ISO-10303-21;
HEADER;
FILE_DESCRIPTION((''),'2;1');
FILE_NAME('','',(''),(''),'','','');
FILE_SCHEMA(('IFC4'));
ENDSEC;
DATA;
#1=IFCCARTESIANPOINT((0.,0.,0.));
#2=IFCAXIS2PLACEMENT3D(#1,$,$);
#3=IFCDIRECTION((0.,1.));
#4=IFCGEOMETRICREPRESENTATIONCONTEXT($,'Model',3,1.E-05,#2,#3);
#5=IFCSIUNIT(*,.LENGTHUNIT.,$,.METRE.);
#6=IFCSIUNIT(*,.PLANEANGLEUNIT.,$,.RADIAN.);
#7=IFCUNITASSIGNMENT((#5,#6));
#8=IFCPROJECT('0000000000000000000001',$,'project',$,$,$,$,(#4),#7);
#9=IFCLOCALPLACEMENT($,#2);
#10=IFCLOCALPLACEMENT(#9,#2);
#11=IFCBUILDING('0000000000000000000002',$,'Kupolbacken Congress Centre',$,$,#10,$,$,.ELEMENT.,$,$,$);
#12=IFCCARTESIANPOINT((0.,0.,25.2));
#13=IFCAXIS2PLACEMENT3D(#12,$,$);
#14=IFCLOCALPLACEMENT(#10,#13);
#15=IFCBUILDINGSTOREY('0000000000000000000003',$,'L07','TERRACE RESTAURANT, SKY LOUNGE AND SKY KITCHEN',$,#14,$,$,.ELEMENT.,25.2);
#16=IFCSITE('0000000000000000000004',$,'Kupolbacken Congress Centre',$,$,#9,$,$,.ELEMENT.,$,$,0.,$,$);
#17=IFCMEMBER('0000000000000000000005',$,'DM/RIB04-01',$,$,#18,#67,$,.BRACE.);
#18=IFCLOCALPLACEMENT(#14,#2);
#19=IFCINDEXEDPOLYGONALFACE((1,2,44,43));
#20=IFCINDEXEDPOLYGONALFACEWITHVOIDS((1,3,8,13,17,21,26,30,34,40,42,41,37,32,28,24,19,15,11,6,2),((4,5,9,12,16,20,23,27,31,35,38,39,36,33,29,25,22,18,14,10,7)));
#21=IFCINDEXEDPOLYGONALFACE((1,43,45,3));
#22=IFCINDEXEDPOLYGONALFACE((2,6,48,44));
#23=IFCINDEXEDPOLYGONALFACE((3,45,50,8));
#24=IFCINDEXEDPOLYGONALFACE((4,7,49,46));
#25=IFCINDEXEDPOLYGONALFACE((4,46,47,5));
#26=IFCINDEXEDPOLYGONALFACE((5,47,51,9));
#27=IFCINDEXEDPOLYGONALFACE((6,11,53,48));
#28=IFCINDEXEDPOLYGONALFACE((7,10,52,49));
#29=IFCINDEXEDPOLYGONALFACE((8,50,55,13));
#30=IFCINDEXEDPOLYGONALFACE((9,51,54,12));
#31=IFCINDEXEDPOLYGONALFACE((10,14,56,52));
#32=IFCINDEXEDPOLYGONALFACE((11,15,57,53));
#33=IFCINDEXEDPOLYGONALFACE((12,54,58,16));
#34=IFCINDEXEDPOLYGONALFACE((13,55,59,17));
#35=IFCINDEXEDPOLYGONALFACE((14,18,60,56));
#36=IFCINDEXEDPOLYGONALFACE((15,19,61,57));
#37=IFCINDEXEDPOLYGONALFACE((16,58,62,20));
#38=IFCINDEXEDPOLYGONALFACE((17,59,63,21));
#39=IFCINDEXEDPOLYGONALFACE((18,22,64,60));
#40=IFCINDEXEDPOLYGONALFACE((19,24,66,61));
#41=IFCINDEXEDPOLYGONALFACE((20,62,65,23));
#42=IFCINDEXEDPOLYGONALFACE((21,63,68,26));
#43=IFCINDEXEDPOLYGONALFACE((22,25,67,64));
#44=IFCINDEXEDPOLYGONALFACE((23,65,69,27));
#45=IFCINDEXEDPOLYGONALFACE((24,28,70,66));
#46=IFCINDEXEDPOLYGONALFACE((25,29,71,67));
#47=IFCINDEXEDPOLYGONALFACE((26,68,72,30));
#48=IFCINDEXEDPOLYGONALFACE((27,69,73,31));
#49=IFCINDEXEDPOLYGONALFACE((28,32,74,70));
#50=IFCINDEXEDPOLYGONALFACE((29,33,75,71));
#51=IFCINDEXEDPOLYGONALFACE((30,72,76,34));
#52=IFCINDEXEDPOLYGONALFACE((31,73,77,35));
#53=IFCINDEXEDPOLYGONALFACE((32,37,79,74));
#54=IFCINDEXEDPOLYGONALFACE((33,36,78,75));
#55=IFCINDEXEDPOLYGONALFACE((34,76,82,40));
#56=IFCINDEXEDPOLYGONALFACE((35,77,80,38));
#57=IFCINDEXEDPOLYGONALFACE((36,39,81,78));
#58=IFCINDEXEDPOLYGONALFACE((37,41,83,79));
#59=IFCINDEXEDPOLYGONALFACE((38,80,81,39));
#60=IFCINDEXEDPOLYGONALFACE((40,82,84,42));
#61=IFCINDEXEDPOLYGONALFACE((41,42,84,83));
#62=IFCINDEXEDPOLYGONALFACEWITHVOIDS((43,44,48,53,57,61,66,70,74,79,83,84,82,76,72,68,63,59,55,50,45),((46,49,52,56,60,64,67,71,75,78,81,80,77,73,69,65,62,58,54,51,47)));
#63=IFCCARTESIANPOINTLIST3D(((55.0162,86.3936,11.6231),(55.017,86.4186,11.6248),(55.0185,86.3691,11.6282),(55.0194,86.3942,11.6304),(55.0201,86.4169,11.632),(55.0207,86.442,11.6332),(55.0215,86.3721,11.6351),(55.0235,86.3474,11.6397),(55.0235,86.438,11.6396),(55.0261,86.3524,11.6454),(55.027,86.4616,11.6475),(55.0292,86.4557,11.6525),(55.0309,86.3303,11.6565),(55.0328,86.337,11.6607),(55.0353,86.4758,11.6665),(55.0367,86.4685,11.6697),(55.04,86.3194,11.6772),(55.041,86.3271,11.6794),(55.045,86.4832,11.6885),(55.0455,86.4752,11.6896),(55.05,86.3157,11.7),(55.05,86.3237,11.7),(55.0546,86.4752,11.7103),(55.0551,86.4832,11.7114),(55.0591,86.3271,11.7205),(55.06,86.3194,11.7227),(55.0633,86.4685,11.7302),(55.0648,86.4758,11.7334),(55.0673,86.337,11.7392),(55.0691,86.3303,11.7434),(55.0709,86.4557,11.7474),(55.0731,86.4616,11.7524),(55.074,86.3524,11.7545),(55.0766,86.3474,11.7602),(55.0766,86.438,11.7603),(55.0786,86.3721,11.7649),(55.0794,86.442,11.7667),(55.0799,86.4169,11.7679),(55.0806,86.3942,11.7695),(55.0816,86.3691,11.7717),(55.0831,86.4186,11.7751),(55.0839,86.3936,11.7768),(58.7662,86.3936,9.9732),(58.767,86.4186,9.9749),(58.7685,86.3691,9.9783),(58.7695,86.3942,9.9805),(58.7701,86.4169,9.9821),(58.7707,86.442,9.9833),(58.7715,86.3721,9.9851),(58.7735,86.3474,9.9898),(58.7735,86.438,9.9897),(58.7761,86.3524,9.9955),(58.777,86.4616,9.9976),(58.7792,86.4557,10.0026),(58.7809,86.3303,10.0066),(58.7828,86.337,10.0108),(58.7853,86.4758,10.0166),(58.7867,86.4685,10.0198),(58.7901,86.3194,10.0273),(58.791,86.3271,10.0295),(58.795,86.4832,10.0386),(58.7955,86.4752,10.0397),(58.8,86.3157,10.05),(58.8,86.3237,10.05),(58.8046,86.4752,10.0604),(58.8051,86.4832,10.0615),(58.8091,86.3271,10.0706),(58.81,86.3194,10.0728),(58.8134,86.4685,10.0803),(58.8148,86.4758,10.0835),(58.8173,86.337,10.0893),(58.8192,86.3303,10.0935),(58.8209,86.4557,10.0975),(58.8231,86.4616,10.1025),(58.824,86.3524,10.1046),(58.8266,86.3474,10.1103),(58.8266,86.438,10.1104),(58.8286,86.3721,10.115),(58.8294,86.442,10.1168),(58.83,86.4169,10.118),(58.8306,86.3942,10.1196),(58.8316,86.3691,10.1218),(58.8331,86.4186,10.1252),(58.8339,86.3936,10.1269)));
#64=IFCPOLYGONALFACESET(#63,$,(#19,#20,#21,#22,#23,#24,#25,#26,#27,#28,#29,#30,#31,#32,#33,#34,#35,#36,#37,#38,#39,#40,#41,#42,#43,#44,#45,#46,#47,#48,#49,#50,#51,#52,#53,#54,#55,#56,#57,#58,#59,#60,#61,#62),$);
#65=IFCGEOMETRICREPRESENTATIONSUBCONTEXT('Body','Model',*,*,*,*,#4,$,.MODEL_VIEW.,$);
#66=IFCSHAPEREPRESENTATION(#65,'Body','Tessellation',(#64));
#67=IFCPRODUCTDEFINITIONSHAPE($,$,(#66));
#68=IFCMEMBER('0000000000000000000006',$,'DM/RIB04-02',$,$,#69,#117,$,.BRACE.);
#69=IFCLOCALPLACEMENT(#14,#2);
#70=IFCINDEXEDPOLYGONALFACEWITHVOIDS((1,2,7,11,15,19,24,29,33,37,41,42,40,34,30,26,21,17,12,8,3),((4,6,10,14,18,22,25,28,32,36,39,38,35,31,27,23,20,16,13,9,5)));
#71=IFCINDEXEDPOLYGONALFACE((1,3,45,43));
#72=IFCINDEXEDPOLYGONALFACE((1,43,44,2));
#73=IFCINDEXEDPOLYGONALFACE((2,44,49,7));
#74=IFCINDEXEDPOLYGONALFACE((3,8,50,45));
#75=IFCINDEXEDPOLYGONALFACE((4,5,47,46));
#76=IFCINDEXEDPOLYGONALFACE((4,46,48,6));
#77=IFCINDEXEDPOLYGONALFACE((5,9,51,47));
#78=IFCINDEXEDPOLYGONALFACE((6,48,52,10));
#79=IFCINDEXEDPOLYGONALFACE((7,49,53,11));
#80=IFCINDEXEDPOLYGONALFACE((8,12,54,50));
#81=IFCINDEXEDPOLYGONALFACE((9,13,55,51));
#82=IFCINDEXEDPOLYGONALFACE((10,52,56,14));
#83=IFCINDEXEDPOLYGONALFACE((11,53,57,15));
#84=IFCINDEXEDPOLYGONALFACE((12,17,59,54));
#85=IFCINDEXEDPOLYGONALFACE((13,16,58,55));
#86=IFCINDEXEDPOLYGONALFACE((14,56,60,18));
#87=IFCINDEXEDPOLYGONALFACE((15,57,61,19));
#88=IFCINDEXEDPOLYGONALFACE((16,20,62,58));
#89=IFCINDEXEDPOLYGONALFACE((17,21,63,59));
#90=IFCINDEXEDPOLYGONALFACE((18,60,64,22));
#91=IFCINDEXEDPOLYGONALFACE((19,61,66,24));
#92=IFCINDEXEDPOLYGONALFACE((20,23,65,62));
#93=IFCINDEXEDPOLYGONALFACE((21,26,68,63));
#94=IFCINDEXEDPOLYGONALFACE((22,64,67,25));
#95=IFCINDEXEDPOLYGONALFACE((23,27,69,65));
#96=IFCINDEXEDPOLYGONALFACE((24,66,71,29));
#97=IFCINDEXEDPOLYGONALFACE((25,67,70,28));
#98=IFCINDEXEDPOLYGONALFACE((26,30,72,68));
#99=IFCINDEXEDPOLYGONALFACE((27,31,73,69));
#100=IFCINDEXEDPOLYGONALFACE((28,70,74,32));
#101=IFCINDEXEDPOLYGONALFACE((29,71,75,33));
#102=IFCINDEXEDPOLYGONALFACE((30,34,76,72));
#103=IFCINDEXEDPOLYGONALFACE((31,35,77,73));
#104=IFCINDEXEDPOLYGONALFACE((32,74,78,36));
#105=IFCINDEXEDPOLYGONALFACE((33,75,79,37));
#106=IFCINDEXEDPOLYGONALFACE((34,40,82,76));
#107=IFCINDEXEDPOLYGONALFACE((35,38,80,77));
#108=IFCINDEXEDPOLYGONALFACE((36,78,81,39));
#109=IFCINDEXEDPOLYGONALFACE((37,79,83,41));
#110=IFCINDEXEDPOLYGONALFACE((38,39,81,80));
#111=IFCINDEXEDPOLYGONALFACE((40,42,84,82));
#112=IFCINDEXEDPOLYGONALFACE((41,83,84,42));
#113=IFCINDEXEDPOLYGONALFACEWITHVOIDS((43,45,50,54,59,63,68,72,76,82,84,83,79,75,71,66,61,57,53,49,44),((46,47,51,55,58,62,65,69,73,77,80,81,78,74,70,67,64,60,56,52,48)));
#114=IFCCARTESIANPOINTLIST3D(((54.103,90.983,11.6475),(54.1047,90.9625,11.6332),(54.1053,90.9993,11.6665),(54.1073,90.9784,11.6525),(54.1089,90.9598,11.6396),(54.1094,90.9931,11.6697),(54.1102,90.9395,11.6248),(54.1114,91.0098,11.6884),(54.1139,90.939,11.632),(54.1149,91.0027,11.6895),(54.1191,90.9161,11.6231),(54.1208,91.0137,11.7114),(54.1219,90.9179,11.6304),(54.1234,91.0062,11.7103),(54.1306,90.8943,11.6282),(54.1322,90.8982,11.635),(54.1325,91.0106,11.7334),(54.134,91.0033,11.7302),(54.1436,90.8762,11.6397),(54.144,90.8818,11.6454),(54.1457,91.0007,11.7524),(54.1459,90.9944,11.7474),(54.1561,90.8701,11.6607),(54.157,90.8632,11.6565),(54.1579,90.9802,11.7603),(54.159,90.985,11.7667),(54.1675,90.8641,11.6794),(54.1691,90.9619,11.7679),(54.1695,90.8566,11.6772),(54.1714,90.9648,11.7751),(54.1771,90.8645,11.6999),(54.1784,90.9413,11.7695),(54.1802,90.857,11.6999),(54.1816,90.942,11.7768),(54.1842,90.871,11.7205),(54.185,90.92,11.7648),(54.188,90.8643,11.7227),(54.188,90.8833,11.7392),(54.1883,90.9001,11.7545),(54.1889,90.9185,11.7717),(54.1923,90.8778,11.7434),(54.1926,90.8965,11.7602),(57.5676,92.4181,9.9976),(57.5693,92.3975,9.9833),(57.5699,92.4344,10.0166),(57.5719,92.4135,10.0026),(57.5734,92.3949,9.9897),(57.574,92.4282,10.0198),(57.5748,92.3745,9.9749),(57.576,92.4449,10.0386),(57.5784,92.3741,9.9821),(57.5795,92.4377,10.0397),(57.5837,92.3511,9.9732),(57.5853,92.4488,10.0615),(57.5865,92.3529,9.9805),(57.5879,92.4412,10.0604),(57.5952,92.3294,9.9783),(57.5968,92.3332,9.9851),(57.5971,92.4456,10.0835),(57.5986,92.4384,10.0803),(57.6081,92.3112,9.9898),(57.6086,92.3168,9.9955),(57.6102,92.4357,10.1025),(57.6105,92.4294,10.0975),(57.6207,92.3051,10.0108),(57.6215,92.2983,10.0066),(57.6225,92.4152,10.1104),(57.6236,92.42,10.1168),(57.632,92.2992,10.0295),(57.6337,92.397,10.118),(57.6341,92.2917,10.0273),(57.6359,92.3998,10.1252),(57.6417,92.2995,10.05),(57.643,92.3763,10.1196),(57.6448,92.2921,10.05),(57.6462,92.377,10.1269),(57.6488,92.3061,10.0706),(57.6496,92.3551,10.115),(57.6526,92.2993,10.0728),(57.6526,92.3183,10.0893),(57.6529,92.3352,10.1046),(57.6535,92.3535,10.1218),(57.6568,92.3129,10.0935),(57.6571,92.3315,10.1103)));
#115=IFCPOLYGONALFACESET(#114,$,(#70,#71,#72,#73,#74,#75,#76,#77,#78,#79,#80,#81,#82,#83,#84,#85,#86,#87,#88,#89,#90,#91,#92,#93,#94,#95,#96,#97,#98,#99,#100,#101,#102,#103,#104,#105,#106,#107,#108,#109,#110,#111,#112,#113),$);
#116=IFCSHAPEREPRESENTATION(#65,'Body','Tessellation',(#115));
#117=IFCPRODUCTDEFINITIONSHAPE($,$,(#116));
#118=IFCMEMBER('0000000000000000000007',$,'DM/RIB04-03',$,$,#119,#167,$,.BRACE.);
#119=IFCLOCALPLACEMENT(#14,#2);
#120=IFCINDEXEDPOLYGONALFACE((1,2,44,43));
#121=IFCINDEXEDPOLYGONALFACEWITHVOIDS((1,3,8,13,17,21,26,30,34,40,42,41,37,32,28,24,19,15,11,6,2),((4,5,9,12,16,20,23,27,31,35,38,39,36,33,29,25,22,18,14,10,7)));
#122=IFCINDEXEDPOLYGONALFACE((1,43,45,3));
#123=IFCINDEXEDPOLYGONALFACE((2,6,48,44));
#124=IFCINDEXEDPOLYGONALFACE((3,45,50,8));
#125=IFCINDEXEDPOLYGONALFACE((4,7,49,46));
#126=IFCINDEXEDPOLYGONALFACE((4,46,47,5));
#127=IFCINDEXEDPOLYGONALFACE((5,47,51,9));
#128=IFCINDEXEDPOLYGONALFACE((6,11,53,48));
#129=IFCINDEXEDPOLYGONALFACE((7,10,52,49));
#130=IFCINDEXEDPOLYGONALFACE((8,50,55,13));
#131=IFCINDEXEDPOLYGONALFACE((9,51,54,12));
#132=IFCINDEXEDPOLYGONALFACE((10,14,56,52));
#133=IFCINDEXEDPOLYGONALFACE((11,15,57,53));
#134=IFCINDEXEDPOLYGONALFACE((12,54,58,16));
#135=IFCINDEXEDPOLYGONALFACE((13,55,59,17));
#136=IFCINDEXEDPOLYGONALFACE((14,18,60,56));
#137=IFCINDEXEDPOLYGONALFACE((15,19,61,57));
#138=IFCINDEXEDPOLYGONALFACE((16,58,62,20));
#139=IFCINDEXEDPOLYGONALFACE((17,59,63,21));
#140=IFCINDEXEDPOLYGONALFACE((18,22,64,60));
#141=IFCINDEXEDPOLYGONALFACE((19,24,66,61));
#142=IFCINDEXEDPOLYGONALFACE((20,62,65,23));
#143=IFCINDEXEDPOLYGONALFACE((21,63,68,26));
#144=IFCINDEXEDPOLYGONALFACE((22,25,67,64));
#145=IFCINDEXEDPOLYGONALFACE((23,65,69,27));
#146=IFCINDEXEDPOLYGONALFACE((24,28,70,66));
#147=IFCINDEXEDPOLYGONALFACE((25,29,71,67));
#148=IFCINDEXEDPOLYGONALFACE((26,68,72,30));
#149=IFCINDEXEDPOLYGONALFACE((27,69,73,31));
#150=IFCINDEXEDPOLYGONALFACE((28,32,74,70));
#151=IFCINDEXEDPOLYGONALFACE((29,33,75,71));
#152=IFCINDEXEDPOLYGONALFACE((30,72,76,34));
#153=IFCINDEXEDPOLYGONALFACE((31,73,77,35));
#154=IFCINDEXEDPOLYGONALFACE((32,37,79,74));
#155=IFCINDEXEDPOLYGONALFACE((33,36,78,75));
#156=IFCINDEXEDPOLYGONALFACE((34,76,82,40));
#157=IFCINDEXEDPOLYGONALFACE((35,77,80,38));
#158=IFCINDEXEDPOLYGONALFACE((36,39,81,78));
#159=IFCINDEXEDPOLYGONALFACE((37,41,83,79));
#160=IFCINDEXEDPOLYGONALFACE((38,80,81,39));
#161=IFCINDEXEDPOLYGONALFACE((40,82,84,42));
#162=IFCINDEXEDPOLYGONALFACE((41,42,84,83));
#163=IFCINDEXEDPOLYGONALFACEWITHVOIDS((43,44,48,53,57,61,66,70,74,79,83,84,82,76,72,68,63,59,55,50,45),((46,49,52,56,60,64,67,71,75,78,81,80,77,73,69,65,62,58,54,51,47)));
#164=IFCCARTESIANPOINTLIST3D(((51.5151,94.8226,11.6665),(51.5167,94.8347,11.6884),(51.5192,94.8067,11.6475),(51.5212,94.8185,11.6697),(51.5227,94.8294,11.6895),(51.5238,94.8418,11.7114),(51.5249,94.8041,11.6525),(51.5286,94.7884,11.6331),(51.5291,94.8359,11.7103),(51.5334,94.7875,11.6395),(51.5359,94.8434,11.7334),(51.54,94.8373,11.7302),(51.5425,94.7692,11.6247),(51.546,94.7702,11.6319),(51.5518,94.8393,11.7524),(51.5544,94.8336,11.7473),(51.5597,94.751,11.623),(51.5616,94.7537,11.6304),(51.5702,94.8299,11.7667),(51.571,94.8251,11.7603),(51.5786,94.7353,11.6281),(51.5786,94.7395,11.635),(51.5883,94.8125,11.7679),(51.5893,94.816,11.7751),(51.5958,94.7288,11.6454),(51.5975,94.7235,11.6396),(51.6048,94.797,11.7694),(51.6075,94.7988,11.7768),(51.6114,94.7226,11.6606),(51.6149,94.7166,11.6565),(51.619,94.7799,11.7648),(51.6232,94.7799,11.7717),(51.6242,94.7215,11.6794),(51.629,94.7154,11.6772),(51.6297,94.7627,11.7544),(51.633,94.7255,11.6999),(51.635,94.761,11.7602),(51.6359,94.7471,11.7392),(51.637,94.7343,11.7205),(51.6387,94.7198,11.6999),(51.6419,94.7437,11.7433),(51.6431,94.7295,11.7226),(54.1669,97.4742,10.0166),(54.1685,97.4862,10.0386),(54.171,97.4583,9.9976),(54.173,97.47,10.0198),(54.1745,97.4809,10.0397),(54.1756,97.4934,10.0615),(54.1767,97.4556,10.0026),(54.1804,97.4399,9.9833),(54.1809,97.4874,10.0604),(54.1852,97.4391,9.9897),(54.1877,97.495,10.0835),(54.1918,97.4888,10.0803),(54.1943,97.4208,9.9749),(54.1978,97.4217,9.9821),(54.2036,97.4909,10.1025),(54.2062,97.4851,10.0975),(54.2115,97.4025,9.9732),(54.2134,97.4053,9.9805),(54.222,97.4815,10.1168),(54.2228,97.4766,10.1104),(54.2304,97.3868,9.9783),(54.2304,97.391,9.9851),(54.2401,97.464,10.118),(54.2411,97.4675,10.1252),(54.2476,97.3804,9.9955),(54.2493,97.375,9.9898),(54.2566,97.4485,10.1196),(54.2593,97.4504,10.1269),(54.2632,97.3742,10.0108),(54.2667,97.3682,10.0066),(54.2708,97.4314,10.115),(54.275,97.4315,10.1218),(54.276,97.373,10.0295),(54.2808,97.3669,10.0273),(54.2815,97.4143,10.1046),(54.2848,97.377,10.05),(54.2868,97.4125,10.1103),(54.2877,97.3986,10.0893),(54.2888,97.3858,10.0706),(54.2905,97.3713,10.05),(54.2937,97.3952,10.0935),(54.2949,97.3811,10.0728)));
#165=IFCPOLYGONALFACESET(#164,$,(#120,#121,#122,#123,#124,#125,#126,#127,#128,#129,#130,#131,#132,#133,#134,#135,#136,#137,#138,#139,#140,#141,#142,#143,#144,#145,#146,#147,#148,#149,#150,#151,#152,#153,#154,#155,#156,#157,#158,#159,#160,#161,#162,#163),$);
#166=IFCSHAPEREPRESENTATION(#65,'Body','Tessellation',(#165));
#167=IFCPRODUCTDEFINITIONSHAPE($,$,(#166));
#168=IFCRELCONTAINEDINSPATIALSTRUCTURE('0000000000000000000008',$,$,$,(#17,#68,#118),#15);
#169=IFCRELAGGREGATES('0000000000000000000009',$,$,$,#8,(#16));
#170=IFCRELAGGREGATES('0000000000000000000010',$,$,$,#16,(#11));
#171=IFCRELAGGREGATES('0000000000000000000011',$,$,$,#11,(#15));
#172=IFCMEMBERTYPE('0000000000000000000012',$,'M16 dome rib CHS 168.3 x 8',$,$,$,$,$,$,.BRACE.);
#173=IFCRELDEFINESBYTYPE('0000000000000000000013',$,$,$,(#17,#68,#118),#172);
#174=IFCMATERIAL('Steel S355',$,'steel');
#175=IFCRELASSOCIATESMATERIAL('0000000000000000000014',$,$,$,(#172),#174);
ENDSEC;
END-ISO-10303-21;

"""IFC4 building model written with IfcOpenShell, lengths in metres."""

from ifc_helpers import new_model, si_unit, direction, frame, origin, origin_2d, place, context, subcontext, project, spatial, hollow_circle, extrude, material, material_profile, profile_set, type_object, element, save


model = new_model("IFC4")

# Units and contexts
model_context = context("Model", 3, precision=1e-05, world=origin(), true_north=direction((0.0, 1.0)))
body_context = subcontext(model_context, "Body", "Model", "MODEL_VIEW")
ifc_project = project(units=[si_unit("LENGTHUNIT", "METRE"), si_unit("PLANEANGLEUNIT", "RADIAN")], contexts=[model_context])

# Site, building, storey
site_placement = place(None, origin())
site = spatial("IfcSite", under=ifc_project, at=site_placement, Name="Kupolbacken Congress Centre", CompositionType="ELEMENT", RefElevation=0.0)
building_placement = place(site_placement, origin())
building = spatial("IfcBuilding", under=site, at=building_placement, Name="Kupolbacken Congress Centre", CompositionType="ELEMENT")
storey_placement = place(building_placement, frame((0.0, 0.0, 25.2)))
storey = spatial("IfcBuildingStorey", under=building, at=storey_placement, Name="L07", Description="TERRACE RESTAURANT, SKY LOUNGE AND SKY KITCHEN", CompositionType="ELEMENT", Elevation=25.2)

# Members
ifc_material_1 = material(Name="Steel S355", Category="steel")
ifc_material_profile_1 = material_profile(ifc_material_1, hollow_circle(Radius=0.0842, WallThickness=0.0081, at=origin_2d()), Name="CHS 168.3 x 8")
ifc_profile_set_1 = profile_set([ifc_material_profile_1], Name="Steel S355")
member_type_1 = type_object("IfcMemberType", Name="M16 dome rib CHS 168.3 x 8", PredefinedType="BRACE", material=ifc_profile_set_1)
for number, where, z_axis, x_axis, name in (
    (1, (58.8, 86.3999, 10.05), (-0.915324, 0.0, 0.402719), (0.0, -1.0, 0.0), "DM/RIB04-01"),
    (2, (57.6125, 92.3699, 10.05), (-0.845653, -0.350275, 0.402715), (0.382678, -0.923882, 0.0), "DM/RIB04-02"),
    (3, (54.231, 97.4309, 10.05), (-0.647265, -0.647205, 0.402708), (0.707074, -0.707139, 0.0), "DM/RIB04-03"),
):
    element("IfcMember", number, at=place(storey_placement, frame(where, z_axis=z_axis, x_axis=x_axis)), inside=storey, type_object=member_type_1, Name=name, PredefinedType="BRACE", context=body_context, shape_type="SweptSolid", body=[
        extrude(hollow_circle(Radius=0.0842, WallThickness=0.0081, at=origin_2d()), origin(), (0.0, 0.0, 1.0), 4.0969),
    ])

save(model, "model.ifc")
